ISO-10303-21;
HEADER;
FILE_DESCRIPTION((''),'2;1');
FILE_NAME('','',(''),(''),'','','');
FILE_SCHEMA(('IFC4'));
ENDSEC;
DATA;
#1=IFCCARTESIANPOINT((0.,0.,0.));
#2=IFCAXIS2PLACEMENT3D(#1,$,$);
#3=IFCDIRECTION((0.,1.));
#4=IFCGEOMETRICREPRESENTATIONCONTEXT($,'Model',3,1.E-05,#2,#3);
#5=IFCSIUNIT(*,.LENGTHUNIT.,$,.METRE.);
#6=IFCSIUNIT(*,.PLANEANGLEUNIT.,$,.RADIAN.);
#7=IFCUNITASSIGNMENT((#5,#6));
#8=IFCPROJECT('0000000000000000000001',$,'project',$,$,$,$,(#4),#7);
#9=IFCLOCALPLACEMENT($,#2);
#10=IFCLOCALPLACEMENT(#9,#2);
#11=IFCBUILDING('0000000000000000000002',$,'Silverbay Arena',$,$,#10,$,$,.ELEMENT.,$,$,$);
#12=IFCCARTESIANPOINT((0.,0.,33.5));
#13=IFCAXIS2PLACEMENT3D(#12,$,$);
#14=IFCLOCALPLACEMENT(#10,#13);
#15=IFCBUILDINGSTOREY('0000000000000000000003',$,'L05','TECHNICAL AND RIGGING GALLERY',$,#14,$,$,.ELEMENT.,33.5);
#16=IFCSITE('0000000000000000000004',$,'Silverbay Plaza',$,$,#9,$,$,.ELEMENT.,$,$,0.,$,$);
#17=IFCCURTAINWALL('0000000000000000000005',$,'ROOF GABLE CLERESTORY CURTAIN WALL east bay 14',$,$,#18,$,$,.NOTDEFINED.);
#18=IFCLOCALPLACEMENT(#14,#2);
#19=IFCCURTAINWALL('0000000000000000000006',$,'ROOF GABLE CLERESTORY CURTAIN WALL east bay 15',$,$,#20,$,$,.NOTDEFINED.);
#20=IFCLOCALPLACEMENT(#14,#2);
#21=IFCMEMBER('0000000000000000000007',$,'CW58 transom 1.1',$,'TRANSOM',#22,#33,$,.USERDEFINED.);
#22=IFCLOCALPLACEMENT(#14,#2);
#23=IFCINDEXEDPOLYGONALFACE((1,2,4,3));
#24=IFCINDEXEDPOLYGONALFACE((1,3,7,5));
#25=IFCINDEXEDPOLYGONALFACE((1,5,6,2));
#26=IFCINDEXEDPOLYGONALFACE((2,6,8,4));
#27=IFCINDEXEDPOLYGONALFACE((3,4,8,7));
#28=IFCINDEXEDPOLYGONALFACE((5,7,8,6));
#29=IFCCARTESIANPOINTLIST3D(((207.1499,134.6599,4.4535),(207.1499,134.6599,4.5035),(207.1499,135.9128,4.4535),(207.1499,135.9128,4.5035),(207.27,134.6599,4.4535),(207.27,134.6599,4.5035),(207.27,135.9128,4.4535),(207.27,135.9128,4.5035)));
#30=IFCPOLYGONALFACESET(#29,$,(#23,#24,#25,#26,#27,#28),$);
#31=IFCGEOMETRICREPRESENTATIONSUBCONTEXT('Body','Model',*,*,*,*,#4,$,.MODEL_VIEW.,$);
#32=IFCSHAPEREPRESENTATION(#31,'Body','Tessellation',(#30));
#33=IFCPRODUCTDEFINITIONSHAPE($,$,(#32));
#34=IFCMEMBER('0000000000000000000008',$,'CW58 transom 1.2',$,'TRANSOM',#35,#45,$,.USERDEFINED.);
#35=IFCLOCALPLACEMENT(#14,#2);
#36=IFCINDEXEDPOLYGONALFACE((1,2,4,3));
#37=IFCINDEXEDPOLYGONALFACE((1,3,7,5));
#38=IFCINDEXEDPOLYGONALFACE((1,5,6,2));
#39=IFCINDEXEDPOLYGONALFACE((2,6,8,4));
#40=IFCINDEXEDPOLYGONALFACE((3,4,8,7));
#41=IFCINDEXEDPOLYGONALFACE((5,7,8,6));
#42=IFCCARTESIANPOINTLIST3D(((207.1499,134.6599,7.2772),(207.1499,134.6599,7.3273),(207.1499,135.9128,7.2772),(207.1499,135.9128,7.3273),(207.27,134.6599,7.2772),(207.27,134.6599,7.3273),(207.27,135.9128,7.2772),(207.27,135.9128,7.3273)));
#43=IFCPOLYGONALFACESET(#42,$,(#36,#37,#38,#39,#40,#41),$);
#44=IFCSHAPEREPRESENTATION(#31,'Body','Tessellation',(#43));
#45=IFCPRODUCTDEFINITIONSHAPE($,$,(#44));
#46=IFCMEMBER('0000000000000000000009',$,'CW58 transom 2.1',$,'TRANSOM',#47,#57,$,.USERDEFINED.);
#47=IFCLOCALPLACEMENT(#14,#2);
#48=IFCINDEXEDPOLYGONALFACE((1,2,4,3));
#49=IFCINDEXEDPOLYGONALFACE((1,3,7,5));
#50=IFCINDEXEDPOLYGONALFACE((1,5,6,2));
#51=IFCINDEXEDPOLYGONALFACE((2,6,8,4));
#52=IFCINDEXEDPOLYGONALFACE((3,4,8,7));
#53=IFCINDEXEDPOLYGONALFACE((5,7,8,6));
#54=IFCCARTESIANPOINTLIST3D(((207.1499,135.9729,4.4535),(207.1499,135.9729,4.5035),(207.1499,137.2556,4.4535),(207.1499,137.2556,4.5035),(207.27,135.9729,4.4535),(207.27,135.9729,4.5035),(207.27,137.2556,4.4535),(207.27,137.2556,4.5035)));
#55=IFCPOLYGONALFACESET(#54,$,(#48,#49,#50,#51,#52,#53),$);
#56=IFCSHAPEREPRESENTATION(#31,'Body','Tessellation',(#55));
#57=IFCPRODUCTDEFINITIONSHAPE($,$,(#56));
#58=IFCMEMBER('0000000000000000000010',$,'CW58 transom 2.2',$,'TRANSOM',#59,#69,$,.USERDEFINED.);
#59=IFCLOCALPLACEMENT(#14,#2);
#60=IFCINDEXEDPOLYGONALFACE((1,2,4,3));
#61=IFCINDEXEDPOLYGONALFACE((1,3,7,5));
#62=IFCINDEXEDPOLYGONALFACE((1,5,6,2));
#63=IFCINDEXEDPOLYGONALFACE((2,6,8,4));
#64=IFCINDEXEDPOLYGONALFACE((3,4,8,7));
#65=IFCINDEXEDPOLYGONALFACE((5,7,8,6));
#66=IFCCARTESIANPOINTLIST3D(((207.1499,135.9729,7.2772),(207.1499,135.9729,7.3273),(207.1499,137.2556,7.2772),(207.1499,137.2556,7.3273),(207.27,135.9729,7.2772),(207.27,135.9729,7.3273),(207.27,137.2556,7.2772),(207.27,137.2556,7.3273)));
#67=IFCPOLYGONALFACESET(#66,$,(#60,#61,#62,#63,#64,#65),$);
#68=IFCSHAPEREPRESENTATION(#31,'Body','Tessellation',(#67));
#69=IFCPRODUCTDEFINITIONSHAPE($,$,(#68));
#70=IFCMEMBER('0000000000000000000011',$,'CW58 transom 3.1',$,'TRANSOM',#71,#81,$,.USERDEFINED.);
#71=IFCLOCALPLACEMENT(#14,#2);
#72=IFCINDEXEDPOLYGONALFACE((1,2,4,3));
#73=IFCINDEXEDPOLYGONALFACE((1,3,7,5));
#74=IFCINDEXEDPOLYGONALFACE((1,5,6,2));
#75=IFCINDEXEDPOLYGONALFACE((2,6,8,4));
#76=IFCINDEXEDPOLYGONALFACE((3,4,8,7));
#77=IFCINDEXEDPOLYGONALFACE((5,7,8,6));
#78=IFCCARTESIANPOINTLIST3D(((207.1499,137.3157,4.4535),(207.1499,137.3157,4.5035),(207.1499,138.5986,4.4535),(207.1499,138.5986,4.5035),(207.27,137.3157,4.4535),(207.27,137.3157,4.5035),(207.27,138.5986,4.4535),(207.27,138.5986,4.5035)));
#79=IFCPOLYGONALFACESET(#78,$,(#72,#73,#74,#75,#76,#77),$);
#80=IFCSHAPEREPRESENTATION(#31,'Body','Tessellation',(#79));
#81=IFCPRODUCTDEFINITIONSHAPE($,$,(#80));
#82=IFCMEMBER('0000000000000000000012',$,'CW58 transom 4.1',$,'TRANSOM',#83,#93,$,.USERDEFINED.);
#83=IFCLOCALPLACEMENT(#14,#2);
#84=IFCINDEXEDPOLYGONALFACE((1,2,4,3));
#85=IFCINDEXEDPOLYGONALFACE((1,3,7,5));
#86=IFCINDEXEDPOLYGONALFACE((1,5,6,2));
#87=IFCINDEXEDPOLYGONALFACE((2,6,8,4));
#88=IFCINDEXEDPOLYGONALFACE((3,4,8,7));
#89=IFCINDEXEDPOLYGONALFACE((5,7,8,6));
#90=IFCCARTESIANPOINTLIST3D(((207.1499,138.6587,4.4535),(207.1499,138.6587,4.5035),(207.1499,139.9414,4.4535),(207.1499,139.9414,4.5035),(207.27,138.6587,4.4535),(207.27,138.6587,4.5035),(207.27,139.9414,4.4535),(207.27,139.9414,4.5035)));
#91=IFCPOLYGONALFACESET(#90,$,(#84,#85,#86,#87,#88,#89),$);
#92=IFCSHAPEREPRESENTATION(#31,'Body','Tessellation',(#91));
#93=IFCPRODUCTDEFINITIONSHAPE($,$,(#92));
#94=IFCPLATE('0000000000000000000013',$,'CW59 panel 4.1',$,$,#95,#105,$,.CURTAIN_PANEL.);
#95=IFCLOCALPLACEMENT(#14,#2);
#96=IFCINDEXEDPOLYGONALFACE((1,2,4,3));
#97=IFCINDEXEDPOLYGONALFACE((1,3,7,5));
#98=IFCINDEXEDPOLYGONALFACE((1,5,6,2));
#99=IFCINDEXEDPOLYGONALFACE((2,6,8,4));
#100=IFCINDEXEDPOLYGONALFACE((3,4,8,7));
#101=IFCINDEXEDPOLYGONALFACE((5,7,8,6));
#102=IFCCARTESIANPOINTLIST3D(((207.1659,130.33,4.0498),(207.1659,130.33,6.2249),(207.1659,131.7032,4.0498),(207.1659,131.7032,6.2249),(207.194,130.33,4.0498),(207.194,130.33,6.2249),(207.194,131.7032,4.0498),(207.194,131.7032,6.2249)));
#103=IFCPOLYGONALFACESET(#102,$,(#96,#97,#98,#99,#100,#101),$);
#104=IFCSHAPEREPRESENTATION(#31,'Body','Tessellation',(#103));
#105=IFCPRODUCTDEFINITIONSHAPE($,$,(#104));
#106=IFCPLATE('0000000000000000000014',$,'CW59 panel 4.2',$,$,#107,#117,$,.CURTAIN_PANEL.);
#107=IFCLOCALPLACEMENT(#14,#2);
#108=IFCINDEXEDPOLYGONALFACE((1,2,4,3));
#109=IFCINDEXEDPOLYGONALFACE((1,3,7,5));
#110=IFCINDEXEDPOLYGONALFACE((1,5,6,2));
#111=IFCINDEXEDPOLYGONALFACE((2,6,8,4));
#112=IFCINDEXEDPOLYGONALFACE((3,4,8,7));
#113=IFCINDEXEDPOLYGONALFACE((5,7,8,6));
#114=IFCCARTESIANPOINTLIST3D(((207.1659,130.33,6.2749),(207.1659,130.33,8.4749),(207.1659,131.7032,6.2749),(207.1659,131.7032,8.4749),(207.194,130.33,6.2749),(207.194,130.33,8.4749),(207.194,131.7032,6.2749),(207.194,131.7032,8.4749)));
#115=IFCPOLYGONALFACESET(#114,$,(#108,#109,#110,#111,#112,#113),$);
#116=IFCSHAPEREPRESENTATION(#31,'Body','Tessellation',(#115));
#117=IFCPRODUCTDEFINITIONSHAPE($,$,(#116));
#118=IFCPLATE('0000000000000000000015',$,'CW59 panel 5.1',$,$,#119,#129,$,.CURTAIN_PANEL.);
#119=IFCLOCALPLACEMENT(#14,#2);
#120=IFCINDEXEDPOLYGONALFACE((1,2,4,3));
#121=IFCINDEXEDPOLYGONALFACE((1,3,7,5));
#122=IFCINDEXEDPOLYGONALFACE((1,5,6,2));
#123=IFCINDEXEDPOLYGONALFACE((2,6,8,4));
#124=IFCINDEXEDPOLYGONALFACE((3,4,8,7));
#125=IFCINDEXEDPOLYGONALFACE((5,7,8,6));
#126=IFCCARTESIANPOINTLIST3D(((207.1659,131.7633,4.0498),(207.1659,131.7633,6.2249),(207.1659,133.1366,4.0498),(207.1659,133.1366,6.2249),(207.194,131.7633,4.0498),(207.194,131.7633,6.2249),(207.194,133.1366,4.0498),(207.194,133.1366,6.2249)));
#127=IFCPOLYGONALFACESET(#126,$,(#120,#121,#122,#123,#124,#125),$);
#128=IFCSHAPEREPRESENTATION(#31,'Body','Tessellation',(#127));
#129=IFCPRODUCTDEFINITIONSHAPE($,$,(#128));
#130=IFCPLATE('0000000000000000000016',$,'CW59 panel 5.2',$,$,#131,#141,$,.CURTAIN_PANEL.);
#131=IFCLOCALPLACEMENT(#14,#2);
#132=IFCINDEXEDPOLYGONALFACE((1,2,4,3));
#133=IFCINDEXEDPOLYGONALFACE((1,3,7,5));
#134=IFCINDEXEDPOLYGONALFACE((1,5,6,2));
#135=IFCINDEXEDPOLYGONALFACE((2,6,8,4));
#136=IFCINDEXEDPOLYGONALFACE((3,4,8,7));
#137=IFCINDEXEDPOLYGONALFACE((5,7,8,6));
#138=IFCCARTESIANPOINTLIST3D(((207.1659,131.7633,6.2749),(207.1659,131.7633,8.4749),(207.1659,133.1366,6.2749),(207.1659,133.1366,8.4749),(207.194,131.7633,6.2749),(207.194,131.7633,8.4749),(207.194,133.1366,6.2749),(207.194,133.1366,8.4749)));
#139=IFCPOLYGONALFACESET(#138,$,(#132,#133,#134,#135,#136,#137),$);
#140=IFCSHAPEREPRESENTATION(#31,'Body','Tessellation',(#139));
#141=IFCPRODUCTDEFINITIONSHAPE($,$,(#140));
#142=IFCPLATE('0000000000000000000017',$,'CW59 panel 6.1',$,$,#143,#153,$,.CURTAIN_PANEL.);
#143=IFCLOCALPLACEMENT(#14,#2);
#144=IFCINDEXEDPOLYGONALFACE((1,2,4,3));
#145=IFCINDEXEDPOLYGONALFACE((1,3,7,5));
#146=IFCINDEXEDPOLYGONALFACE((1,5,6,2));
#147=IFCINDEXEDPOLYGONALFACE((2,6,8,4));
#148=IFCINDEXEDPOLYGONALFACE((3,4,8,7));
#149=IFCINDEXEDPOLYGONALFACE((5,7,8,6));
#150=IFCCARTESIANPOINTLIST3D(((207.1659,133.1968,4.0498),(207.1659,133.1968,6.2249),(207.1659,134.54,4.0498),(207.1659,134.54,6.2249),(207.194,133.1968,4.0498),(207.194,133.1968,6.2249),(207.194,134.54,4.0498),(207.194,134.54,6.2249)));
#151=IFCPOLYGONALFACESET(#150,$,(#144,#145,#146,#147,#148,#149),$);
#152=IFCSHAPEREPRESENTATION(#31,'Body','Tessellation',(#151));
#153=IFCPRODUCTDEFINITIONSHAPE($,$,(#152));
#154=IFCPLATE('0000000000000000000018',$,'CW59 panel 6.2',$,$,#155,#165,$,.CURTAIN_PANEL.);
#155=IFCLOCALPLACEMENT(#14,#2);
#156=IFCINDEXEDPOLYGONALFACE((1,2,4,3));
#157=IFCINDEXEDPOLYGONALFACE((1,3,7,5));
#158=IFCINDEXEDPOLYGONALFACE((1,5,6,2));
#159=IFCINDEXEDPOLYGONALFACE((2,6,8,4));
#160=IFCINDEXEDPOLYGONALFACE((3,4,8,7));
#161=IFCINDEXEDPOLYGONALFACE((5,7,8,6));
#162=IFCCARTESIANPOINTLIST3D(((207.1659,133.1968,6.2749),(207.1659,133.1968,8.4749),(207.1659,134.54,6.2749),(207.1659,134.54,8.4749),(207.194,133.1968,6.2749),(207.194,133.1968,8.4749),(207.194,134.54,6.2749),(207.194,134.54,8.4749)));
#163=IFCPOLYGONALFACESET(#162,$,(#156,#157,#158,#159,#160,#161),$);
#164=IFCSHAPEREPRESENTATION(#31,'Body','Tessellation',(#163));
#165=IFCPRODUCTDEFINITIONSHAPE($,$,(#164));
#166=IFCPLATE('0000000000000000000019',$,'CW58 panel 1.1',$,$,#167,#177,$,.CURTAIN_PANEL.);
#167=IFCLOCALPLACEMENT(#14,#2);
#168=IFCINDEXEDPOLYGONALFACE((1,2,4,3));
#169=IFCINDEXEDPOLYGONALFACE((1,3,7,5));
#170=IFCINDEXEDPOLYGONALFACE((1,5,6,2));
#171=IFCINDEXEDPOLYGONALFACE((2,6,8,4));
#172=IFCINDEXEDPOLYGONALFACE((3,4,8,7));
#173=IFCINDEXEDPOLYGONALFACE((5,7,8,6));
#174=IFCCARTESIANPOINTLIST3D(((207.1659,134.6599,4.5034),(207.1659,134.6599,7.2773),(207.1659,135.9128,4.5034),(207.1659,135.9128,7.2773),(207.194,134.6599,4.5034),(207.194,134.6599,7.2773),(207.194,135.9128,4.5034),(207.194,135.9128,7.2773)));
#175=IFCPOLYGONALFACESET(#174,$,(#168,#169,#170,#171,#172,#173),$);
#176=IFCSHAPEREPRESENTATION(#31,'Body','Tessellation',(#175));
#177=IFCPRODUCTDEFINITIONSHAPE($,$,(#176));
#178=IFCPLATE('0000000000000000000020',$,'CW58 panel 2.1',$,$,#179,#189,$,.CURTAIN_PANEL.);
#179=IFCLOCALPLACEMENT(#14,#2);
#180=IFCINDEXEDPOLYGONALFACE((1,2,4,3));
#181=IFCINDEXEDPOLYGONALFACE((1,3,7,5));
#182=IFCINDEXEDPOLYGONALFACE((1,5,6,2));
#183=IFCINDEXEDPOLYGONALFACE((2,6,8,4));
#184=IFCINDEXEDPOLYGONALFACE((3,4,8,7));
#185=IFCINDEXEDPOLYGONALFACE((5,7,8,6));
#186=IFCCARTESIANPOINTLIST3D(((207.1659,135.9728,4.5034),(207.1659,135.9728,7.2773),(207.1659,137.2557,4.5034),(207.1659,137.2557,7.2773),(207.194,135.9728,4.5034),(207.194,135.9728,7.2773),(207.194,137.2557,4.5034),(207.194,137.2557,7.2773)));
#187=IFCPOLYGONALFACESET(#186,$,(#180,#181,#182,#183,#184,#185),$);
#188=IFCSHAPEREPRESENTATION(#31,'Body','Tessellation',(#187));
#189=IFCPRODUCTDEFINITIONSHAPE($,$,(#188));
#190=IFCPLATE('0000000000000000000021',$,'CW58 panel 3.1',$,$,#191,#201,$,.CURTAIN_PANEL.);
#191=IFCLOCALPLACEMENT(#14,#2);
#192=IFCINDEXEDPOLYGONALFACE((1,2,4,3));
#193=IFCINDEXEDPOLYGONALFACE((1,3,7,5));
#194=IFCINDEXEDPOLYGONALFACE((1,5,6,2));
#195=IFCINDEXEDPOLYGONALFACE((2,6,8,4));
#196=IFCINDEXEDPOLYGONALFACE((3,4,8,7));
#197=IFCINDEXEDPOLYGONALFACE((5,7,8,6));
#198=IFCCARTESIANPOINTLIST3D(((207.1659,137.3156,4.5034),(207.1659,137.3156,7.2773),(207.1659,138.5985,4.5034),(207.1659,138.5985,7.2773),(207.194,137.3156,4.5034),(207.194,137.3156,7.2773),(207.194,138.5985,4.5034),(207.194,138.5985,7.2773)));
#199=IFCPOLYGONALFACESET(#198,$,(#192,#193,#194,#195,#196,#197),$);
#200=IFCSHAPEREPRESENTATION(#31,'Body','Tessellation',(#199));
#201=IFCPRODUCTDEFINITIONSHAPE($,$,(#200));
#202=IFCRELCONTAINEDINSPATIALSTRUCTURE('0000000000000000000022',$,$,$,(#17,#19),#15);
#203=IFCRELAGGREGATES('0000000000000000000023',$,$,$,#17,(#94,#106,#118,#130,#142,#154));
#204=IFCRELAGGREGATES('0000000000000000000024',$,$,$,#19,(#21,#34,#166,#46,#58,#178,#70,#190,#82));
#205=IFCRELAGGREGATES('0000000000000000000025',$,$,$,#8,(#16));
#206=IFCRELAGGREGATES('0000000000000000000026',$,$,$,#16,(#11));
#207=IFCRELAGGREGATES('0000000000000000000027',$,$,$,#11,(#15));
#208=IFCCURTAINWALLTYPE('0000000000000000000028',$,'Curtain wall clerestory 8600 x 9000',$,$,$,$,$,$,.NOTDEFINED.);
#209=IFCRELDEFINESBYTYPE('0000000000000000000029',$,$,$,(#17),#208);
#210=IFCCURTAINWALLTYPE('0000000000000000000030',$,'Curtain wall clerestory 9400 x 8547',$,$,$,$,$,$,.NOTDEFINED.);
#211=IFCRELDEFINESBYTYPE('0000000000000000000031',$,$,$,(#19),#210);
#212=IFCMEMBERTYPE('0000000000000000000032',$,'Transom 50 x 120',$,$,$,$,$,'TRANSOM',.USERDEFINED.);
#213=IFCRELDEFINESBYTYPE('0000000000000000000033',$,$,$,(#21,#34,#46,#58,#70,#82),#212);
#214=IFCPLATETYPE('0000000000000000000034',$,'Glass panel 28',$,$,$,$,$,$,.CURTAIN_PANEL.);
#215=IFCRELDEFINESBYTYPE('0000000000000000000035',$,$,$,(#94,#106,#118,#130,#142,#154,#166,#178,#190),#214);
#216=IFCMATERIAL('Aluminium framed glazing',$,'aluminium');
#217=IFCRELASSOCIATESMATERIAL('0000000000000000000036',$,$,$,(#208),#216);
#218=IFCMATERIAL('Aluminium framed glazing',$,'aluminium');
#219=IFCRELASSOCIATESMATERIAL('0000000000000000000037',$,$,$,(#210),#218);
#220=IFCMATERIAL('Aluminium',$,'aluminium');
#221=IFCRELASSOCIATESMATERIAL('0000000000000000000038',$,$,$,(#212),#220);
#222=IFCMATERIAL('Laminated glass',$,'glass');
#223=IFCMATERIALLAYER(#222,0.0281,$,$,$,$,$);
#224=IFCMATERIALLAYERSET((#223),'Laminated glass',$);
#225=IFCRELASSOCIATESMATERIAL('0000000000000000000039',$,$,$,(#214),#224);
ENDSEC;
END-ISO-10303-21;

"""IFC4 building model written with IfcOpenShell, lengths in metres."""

from ifc_helpers import new_model, si_unit, direction, frame, origin, origin_2d, place, context, subcontext, project, spatial, rectangle, extrude, material, layer, layer_set, material_profile, profile_set, type_object, element, aggregate, save


model = new_model("IFC4")

# Units and contexts
model_context = context("Model", 3, precision=1e-05, world=origin(), true_north=direction((0.0, 1.0)))
body_context = subcontext(model_context, "Body", "Model", "MODEL_VIEW")
ifc_project = project(units=[si_unit("LENGTHUNIT", "METRE"), si_unit("PLANEANGLEUNIT", "RADIAN")], contexts=[model_context])

# Site, building, storey
site_placement = place(None, origin())
site = spatial("IfcSite", under=ifc_project, at=site_placement, Name="Silverbay Plaza", CompositionType="ELEMENT", RefElevation=0.0)
building_placement = place(site_placement, origin())
building = spatial("IfcBuilding", under=site, at=building_placement, Name="Silverbay Arena", CompositionType="ELEMENT")
storey_placement = place(building_placement, frame((0.0, 0.0, 33.5)))
storey = spatial("IfcBuildingStorey", under=building, at=storey_placement, Name="L05", Description="TECHNICAL AND RIGGING GALLERY", CompositionType="ELEMENT", Elevation=33.5)

# Curtain walls
ifc_material_1 = material(Name="Aluminium framed glazing", Category="aluminium")
curtain_wall_type_1 = type_object("IfcCurtainWallType", Name="Curtain wall clerestory 8600 x 9000", PredefinedType="NOTDEFINED", material=ifc_material_1)
curtain_wall_1_placement = place(storey_placement, origin())
curtain_wall_1 = element("IfcCurtainWall", 1, at=curtain_wall_1_placement, inside=storey, type_object=curtain_wall_type_1, Name="ROOF GABLE CLERESTORY CURTAIN WALL east bay 14", PredefinedType="NOTDEFINED")
ifc_material_2 = material(Name="Aluminium framed glazing", Category="aluminium")
curtain_wall_type_2 = type_object("IfcCurtainWallType", Name="Curtain wall clerestory 9400 x 8547", PredefinedType="NOTDEFINED", material=ifc_material_2)
curtain_wall_2_placement = place(storey_placement, origin())
curtain_wall_2 = element("IfcCurtainWall", 2, at=curtain_wall_2_placement, inside=storey, type_object=curtain_wall_type_2, Name="ROOF GABLE CLERESTORY CURTAIN WALL east bay 15", PredefinedType="NOTDEFINED")

# Members
ifc_material_3 = material(Name="Aluminium", Category="aluminium")
ifc_material_profile_1 = material_profile(ifc_material_3, rectangle(XDim=0.1201, YDim=0.05, at=origin_2d()), Name="Transom 50 x 120")
ifc_profile_set_1 = profile_set([ifc_material_profile_1], Name="Aluminium")
member_type_1 = type_object("IfcMemberType", Name="Transom 50 x 120", ElementType="TRANSOM", PredefinedType="USERDEFINED", material=ifc_profile_set_1)
member_1_placement = place(storey_placement, frame((207.21, 134.6599, 4.4785), z_axis=(0.0, 1.0, 0.0), x_axis=(-1.0, 0.0, 0.0)))
member_1 = element("IfcMember", 3, at=member_1_placement, type_object=member_type_1, Name="CW58 transom 1.1", ObjectType="TRANSOM", PredefinedType="USERDEFINED", context=body_context, shape_type="SweptSolid", body=[
    extrude(rectangle(XDim=0.1201, YDim=0.05, at=origin_2d()), origin(), (0.0, 0.0, 1.0), 1.2529),
])
member_2_placement = place(storey_placement, frame((207.21, 134.6599, 7.3022), z_axis=(0.0, 1.0, 0.0), x_axis=(-1.0, 0.0, 0.0)))
member_2 = element("IfcMember", 4, at=member_2_placement, type_object=member_type_1, Name="CW58 transom 1.2", ObjectType="TRANSOM", PredefinedType="USERDEFINED", context=body_context, shape_type="SweptSolid", body=[
    extrude(rectangle(XDim=0.1201, YDim=0.05, at=origin_2d()), origin(), (0.0, 0.0, 1.0), 1.2529),
])
member_3_placement = place(storey_placement, frame((207.21, 135.9729, 4.4785), z_axis=(0.0, 1.0, 0.0), x_axis=(-1.0, 0.0, 0.0)))
member_3 = element("IfcMember", 5, at=member_3_placement, type_object=member_type_1, Name="CW58 transom 2.1", ObjectType="TRANSOM", PredefinedType="USERDEFINED", context=body_context, shape_type="SweptSolid", body=[
    extrude(rectangle(XDim=0.1201, YDim=0.05, at=origin_2d()), origin(), (0.0, 0.0, 1.0), 1.2827),
])
member_4_placement = place(storey_placement, frame((207.21, 135.9729, 7.3022), z_axis=(0.0, 1.0, 0.0), x_axis=(-1.0, 0.0, 0.0)))
member_4 = element("IfcMember", 6, at=member_4_placement, type_object=member_type_1, Name="CW58 transom 2.2", ObjectType="TRANSOM", PredefinedType="USERDEFINED", context=body_context, shape_type="SweptSolid", body=[
    extrude(rectangle(XDim=0.1201, YDim=0.05, at=origin_2d()), origin(), (0.0, 0.0, 1.0), 1.2827),
])
member_5_placement = place(storey_placement, frame((207.21, 137.3157, 4.4785), z_axis=(0.0, 1.0, 0.0), x_axis=(-1.0, 0.0, 0.0)))
member_5 = element("IfcMember", 7, at=member_5_placement, type_object=member_type_1, Name="CW58 transom 3.1", ObjectType="TRANSOM", PredefinedType="USERDEFINED", context=body_context, shape_type="SweptSolid", body=[
    extrude(rectangle(XDim=0.1201, YDim=0.05, at=origin_2d()), origin(), (0.0, 0.0, 1.0), 1.283),
])
member_6_placement = place(storey_placement, frame((207.21, 138.6587, 4.4785), z_axis=(0.0, 1.0, 0.0), x_axis=(-1.0, 0.0, 0.0)))
member_6 = element("IfcMember", 8, at=member_6_placement, type_object=member_type_1, Name="CW58 transom 4.1", ObjectType="TRANSOM", PredefinedType="USERDEFINED", context=body_context, shape_type="SweptSolid", body=[
    extrude(rectangle(XDim=0.1201, YDim=0.05, at=origin_2d()), origin(), (0.0, 0.0, 1.0), 1.2827),
])

# Plates
ifc_material_4 = material(Name="Laminated glass", Category="glass")
ifc_layer_1 = layer(ifc_material_4, 0.0281)
ifc_layer_set_1 = layer_set([ifc_layer_1], Name="Laminated glass")
plate_type = type_object("IfcPlateType", Name="Glass panel 28", PredefinedType="CURTAIN_PANEL", material=ifc_layer_set_1)
plate_1_placement = place(storey_placement, frame((207.1799, 131.0166, 4.0498), z_axis=(0.0, 0.0, 1.0), x_axis=(0.0, 1.0, 0.0)))
plate_1 = element("IfcPlate", 9, at=plate_1_placement, type_object=plate_type, Name="CW59 panel 4.1", PredefinedType="CURTAIN_PANEL", context=body_context, shape_type="SweptSolid", body=[
    extrude(rectangle(XDim=1.3733, YDim=0.0281, at=origin_2d()), origin(), (0.0, 0.0, 1.0), 2.175),
])
plate_2_placement = place(storey_placement, frame((207.1799, 131.0166, 6.2749), z_axis=(0.0, 0.0, 1.0), x_axis=(0.0, 1.0, 0.0)))
plate_2 = element("IfcPlate", 10, at=plate_2_placement, type_object=plate_type, Name="CW59 panel 4.2", PredefinedType="CURTAIN_PANEL", context=body_context, shape_type="SweptSolid", body=[
    extrude(rectangle(XDim=1.3733, YDim=0.0281, at=origin_2d()), origin(), (0.0, 0.0, 1.0), 2.2),
])
plate_3_placement = place(storey_placement, frame((207.1799, 132.45, 4.0498), z_axis=(0.0, 0.0, 1.0), x_axis=(0.0, 1.0, 0.0)))
plate_3 = element("IfcPlate", 11, at=plate_3_placement, type_object=plate_type, Name="CW59 panel 5.1", PredefinedType="CURTAIN_PANEL", context=body_context, shape_type="SweptSolid", body=[
    extrude(rectangle(XDim=1.3733, YDim=0.0281, at=origin_2d()), origin(), (0.0, 0.0, 1.0), 2.175),
])
plate_4_placement = place(storey_placement, frame((207.1799, 132.45, 6.2749), z_axis=(0.0, 0.0, 1.0), x_axis=(0.0, 1.0, 0.0)))
plate_4 = element("IfcPlate", 12, at=plate_4_placement, type_object=plate_type, Name="CW59 panel 5.2", PredefinedType="CURTAIN_PANEL", context=body_context, shape_type="SweptSolid", body=[
    extrude(rectangle(XDim=1.3733, YDim=0.0281, at=origin_2d()), origin(), (0.0, 0.0, 1.0), 2.2),
])
plate_5_placement = place(storey_placement, frame((207.1799, 133.8684, 4.0498), z_axis=(0.0, 0.0, 1.0), x_axis=(0.0, 1.0, 0.0)))
plate_5 = element("IfcPlate", 13, at=plate_5_placement, type_object=plate_type, Name="CW59 panel 6.1", PredefinedType="CURTAIN_PANEL", context=body_context, shape_type="SweptSolid", body=[
    extrude(rectangle(XDim=1.3433, YDim=0.0281, at=origin_2d()), origin(), (0.0, 0.0, 1.0), 2.175),
])
plate_6_placement = place(storey_placement, frame((207.1799, 133.8684, 6.2749), z_axis=(0.0, 0.0, 1.0), x_axis=(0.0, 1.0, 0.0)))
plate_6 = element("IfcPlate", 14, at=plate_6_placement, type_object=plate_type, Name="CW59 panel 6.2", PredefinedType="CURTAIN_PANEL", context=body_context, shape_type="SweptSolid", body=[
    extrude(rectangle(XDim=1.3433, YDim=0.0281, at=origin_2d()), origin(), (0.0, 0.0, 1.0), 2.2),
])
aggregate(curtain_wall_1, [plate_1, plate_2, plate_3, plate_4, plate_5, plate_6])
plate_7_placement = place(storey_placement, frame((207.1799, 135.2864, 4.5034), z_axis=(0.0, 0.0, 1.0), x_axis=(0.0, 1.0, 0.0)))
plate_7 = element("IfcPlate", 15, at=plate_7_placement, type_object=plate_type, Name="CW58 panel 1.1", PredefinedType="CURTAIN_PANEL", context=body_context, shape_type="SweptSolid", body=[
    extrude(rectangle(XDim=1.2529, YDim=0.0281, at=origin_2d()), origin(), (0.0, 0.0, 1.0), 2.7739),
])
plate_8_placement = place(storey_placement, frame((207.1799, 136.6143, 4.5034), z_axis=(0.0, 0.0, 1.0), x_axis=(0.0, 1.0, 0.0)))
plate_8 = element("IfcPlate", 16, at=plate_8_placement, type_object=plate_type, Name="CW58 panel 2.1", PredefinedType="CURTAIN_PANEL", context=body_context, shape_type="SweptSolid", body=[
    extrude(rectangle(XDim=1.283, YDim=0.0281, at=origin_2d()), origin(), (0.0, 0.0, 1.0), 2.7739),
])
plate_9_placement = place(storey_placement, frame((207.1799, 137.957, 4.5034), z_axis=(0.0, 0.0, 1.0), x_axis=(0.0, 1.0, 0.0)))
plate_9 = element("IfcPlate", 17, at=plate_9_placement, type_object=plate_type, Name="CW58 panel 3.1", PredefinedType="CURTAIN_PANEL", context=body_context, shape_type="SweptSolid", body=[
    extrude(rectangle(XDim=1.283, YDim=0.0281, at=origin_2d()), origin(), (0.0, 0.0, 1.0), 2.7739),
])
aggregate(curtain_wall_2, [member_1, member_2, plate_7, member_3, member_4, plate_8, member_5, plate_9, member_6])

save(model, "model.ifc")
